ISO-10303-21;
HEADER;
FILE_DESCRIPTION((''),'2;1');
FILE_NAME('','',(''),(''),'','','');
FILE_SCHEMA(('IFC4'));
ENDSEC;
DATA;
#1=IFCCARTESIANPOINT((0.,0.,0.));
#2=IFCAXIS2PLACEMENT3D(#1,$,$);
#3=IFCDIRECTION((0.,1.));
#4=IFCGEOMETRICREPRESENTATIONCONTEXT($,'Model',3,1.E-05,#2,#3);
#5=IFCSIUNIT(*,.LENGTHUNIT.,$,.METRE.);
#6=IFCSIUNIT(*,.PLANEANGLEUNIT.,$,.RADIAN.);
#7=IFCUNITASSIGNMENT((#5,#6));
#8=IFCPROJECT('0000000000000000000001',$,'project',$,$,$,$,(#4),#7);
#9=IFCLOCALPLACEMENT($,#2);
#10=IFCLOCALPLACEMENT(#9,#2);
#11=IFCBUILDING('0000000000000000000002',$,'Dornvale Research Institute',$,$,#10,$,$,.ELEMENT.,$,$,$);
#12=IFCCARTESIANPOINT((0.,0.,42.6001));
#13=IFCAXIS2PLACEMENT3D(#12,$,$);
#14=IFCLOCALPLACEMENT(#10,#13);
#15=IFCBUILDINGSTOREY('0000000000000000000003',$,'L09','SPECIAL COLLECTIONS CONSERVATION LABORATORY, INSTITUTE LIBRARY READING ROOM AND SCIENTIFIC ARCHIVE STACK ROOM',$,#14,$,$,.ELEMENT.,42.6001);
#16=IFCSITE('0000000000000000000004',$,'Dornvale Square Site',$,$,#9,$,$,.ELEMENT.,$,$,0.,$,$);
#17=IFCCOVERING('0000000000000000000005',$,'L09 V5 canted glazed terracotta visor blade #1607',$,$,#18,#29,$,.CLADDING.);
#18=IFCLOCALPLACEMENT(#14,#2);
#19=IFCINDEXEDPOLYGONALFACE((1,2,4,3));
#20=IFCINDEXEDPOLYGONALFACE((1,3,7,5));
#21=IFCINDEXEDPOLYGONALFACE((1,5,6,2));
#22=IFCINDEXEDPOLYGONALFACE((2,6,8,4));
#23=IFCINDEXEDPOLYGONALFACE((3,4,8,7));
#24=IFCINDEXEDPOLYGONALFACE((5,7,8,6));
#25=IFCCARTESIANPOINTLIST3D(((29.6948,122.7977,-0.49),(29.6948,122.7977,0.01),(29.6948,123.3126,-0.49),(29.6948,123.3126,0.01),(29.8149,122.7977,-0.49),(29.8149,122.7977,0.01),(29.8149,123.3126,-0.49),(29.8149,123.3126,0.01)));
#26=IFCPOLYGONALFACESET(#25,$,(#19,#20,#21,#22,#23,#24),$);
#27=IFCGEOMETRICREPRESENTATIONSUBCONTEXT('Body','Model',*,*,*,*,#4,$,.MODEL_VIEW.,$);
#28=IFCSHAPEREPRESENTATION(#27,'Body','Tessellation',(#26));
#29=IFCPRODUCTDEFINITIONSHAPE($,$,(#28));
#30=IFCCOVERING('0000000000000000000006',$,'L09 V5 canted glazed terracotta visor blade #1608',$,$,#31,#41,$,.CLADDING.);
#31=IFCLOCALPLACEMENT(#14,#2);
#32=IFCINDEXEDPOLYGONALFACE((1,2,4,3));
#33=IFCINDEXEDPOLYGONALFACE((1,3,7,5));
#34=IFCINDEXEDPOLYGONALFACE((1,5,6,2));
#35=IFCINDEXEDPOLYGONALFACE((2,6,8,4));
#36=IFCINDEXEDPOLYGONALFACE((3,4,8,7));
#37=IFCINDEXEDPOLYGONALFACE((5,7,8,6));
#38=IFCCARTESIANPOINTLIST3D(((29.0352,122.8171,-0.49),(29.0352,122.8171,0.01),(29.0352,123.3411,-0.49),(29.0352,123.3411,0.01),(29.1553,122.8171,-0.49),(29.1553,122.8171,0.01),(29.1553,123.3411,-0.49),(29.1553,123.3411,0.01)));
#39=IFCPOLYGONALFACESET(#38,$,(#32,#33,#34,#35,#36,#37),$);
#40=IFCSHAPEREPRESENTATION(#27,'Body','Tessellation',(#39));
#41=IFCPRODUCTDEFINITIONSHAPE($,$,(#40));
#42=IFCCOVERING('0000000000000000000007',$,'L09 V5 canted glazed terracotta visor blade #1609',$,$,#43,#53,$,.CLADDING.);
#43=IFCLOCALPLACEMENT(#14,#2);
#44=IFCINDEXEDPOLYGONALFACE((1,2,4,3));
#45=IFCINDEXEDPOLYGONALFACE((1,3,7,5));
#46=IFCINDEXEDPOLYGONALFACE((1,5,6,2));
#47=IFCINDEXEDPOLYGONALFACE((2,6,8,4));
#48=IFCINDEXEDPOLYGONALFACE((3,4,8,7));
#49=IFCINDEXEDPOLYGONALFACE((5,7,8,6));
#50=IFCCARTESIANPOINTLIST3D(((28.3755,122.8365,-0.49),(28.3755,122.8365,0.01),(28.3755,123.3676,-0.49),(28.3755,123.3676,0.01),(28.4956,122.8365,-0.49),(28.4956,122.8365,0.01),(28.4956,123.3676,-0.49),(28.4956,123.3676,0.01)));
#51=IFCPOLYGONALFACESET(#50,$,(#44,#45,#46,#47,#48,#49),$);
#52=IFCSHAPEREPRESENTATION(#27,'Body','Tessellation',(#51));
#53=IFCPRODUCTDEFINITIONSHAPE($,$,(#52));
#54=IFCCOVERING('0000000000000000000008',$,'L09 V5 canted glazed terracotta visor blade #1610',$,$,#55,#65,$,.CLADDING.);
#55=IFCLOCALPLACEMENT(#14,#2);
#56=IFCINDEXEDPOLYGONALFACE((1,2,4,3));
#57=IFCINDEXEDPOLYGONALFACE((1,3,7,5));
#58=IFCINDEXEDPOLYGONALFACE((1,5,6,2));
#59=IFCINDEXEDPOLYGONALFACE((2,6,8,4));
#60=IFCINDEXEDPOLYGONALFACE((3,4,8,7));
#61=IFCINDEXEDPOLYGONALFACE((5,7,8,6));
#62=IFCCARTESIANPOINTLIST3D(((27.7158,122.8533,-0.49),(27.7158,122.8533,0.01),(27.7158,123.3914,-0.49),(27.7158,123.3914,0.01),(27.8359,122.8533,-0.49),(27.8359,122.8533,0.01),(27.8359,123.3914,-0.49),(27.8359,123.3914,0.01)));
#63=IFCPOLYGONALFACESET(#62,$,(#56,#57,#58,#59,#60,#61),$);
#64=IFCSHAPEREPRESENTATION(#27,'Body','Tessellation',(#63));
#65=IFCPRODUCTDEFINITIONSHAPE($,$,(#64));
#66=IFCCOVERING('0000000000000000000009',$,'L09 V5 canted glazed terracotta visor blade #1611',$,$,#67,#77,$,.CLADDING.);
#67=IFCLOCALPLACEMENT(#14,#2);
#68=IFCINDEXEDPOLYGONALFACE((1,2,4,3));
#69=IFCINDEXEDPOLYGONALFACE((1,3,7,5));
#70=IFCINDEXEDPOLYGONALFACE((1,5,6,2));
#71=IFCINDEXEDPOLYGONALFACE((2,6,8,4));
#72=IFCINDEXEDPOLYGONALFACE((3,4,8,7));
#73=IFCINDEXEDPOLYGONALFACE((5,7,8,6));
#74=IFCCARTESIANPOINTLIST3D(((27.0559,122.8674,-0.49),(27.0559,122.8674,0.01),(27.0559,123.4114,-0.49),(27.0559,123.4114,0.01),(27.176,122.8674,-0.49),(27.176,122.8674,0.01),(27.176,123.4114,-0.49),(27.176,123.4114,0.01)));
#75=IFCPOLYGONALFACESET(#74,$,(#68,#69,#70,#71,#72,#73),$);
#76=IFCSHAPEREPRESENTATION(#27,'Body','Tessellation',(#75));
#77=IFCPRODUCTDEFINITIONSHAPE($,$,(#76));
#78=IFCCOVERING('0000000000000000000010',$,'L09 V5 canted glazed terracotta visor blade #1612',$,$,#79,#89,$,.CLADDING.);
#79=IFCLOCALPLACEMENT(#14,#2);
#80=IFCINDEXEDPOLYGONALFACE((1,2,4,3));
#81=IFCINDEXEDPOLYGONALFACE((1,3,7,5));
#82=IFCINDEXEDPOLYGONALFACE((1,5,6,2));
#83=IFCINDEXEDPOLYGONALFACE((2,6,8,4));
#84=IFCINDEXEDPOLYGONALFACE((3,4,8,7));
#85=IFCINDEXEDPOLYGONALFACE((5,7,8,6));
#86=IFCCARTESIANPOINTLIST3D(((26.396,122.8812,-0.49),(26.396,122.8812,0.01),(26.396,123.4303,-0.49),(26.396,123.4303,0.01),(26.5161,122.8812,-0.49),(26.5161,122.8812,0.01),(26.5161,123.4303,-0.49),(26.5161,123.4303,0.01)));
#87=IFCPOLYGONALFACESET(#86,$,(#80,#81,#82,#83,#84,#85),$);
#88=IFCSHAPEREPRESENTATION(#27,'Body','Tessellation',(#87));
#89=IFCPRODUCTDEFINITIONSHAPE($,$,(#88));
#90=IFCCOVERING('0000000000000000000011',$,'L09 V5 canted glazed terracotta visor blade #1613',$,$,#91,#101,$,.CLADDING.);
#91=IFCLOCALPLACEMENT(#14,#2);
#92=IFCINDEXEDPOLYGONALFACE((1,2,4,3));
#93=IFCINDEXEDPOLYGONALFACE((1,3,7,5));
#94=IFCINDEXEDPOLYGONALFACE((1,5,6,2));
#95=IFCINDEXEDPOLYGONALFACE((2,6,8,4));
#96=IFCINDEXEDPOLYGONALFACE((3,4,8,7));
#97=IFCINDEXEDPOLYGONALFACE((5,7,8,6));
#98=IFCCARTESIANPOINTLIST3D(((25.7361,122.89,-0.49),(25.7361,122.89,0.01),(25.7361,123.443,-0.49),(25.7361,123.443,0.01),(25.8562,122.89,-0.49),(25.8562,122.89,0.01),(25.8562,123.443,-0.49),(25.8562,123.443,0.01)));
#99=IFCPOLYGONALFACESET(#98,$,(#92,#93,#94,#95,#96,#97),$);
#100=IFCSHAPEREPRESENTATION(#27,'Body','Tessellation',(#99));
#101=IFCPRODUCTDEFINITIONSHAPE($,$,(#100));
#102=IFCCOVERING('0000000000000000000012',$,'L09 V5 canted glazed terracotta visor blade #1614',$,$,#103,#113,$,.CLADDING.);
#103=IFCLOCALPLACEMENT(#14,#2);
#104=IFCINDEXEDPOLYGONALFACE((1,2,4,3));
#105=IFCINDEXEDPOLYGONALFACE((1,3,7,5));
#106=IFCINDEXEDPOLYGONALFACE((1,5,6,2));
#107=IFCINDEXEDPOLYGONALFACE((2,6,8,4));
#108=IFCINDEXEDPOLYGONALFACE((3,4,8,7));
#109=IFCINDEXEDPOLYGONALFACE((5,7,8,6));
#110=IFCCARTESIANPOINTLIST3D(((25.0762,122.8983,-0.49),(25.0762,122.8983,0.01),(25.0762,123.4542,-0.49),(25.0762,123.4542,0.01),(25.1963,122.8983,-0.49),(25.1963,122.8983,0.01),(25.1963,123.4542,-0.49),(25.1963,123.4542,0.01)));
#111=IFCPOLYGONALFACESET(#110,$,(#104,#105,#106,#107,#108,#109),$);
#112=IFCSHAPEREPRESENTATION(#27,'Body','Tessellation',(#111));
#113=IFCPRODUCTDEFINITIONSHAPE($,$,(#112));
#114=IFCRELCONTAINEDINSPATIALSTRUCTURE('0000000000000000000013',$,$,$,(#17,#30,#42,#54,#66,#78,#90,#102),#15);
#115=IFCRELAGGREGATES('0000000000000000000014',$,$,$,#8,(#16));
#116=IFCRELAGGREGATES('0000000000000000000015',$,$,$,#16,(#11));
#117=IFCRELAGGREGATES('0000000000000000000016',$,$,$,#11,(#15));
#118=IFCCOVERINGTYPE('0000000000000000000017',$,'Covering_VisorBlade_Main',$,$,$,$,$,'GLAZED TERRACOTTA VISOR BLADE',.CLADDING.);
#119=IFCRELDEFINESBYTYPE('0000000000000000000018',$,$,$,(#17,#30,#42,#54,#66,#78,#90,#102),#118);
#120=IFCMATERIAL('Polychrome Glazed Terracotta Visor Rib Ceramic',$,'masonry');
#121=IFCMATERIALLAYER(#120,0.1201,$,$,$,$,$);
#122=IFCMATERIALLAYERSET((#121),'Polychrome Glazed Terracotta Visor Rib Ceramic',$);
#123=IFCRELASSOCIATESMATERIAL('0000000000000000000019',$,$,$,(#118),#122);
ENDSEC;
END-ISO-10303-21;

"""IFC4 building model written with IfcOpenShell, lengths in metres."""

from ifc_helpers import new_model, si_unit, direction, frame, origin, origin_2d, place, context, subcontext, project, spatial, rectangle, extrude, material, layer, layer_set, type_object, element, save


model = new_model("IFC4")

# Units and contexts
model_context = context("Model", 3, precision=1e-05, world=origin(), true_north=direction((0.0, 1.0)))
body_context = subcontext(model_context, "Body", "Model", "MODEL_VIEW")
ifc_project = project(units=[si_unit("LENGTHUNIT", "METRE"), si_unit("PLANEANGLEUNIT", "RADIAN")], contexts=[model_context])

# Site, building, storey
site_placement = place(None, origin())
site = spatial("IfcSite", under=ifc_project, at=site_placement, Name="Dornvale Square Site", CompositionType="ELEMENT", RefElevation=0.0)
building_placement = place(site_placement, origin())
building = spatial("IfcBuilding", under=site, at=building_placement, Name="Dornvale Research Institute", CompositionType="ELEMENT")
storey_placement = place(building_placement, frame((0.0, 0.0, 42.6001)))
storey = spatial("IfcBuildingStorey", under=building, at=storey_placement, Name="L09", Description="SPECIAL COLLECTIONS CONSERVATION LABORATORY, INSTITUTE LIBRARY READING ROOM AND SCIENTIFIC ARCHIVE STACK ROOM", CompositionType="ELEMENT", Elevation=42.6001)

# Coverings
ifc_material_1 = material(Name="Polychrome Glazed Terracotta Visor Rib Ceramic", Category="masonry")
ifc_layer_1 = layer(ifc_material_1, 0.1201)
ifc_layer_set_1 = layer_set([ifc_layer_1], Name="Polychrome Glazed Terracotta Visor Rib Ceramic")
covering_type = type_object("IfcCoveringType", Name="Covering_VisorBlade_Main", ElementType="GLAZED TERRACOTTA VISOR BLADE", PredefinedType="CLADDING", material=ifc_layer_set_1)
covering_1_placement = place(storey_placement, frame((29.7549, 123.0552, -0.49), z_axis=(0.0, 0.0, 1.0), x_axis=(0.0, 1.0, 0.0)))
element("IfcCovering", 1, at=covering_1_placement, inside=storey, type_object=covering_type, Name="L09 V5 canted glazed terracotta visor blade #1607", PredefinedType="CLADDING", context=body_context, shape_type="SweptSolid", body=[
    extrude(rectangle(XDim=0.5149, YDim=0.1201, at=origin_2d()), origin(), (0.0, 0.0, 1.0), 0.5),
])
covering_2_placement = place(storey_placement, frame((29.0952, 123.0791, -0.49), z_axis=(0.0, 0.0, 1.0), x_axis=(0.0, 1.0, 0.0)))
element("IfcCovering", 2, at=covering_2_placement, inside=storey, type_object=covering_type, Name="L09 V5 canted glazed terracotta visor blade #1608", PredefinedType="CLADDING", context=body_context, shape_type="SweptSolid", body=[
    extrude(rectangle(XDim=0.5239, YDim=0.1201, at=origin_2d()), origin(), (0.0, 0.0, 1.0), 0.5),
])
covering_3_placement = place(storey_placement, frame((28.4355, 123.1021, -0.49), z_axis=(0.0, 0.0, 1.0), x_axis=(0.0, 1.0, 0.0)))
element("IfcCovering", 3, at=covering_3_placement, inside=storey, type_object=covering_type, Name="L09 V5 canted glazed terracotta visor blade #1609", PredefinedType="CLADDING", context=body_context, shape_type="SweptSolid", body=[
    extrude(rectangle(XDim=0.531, YDim=0.1201, at=origin_2d()), origin(), (0.0, 0.0, 1.0), 0.5),
])
covering_4_placement = place(storey_placement, frame((27.7759, 123.1223, -0.49), z_axis=(0.0, 0.0, 1.0), x_axis=(0.0, 1.0, 0.0)))
element("IfcCovering", 4, at=covering_4_placement, inside=storey, type_object=covering_type, Name="L09 V5 canted glazed terracotta visor blade #1610", PredefinedType="CLADDING", context=body_context, shape_type="SweptSolid", body=[
    extrude(rectangle(XDim=0.5381, YDim=0.1201, at=origin_2d()), origin(), (0.0, 0.0, 1.0), 0.5),
])
covering_5_placement = place(storey_placement, frame((27.116, 123.1394, -0.49), z_axis=(0.0, 0.0, 1.0), x_axis=(0.0, 1.0, 0.0)))
element("IfcCovering", 5, at=covering_5_placement, inside=storey, type_object=covering_type, Name="L09 V5 canted glazed terracotta visor blade #1611", PredefinedType="CLADDING", context=body_context, shape_type="SweptSolid", body=[
    extrude(rectangle(XDim=0.5439, YDim=0.1201, at=origin_2d()), origin(), (0.0, 0.0, 1.0), 0.5),
])
covering_6_placement = place(storey_placement, frame((26.4561, 123.1558, -0.49), z_axis=(0.0, 0.0, 1.0), x_axis=(0.0, 1.0, 0.0)))
element("IfcCovering", 6, at=covering_6_placement, inside=storey, type_object=covering_type, Name="L09 V5 canted glazed terracotta visor blade #1612", PredefinedType="CLADDING", context=body_context, shape_type="SweptSolid", body=[
    extrude(rectangle(XDim=0.5491, YDim=0.1201, at=origin_2d()), origin(), (0.0, 0.0, 1.0), 0.5),
])
covering_7_placement = place(storey_placement, frame((25.7961, 123.1665, -0.49), z_axis=(0.0, 0.0, 1.0), x_axis=(0.0, 1.0, 0.0)))
element("IfcCovering", 7, at=covering_7_placement, inside=storey, type_object=covering_type, Name="L09 V5 canted glazed terracotta visor blade #1613", PredefinedType="CLADDING", context=body_context, shape_type="SweptSolid", body=[
    extrude(rectangle(XDim=0.553, YDim=0.1201, at=origin_2d()), origin(), (0.0, 0.0, 1.0), 0.5),
])
covering_8_placement = place(storey_placement, frame((25.1362, 123.1763, -0.49), z_axis=(0.0, 0.0, 1.0), x_axis=(0.0, 1.0, 0.0)))
element("IfcCovering", 8, at=covering_8_placement, inside=storey, type_object=covering_type, Name="L09 V5 canted glazed terracotta visor blade #1614", PredefinedType="CLADDING", context=body_context, shape_type="SweptSolid", body=[
    extrude(rectangle(XDim=0.5559, YDim=0.1201, at=origin_2d()), origin(), (0.0, 0.0, 1.0), 0.5),
])

save(model, "model.ifc")
